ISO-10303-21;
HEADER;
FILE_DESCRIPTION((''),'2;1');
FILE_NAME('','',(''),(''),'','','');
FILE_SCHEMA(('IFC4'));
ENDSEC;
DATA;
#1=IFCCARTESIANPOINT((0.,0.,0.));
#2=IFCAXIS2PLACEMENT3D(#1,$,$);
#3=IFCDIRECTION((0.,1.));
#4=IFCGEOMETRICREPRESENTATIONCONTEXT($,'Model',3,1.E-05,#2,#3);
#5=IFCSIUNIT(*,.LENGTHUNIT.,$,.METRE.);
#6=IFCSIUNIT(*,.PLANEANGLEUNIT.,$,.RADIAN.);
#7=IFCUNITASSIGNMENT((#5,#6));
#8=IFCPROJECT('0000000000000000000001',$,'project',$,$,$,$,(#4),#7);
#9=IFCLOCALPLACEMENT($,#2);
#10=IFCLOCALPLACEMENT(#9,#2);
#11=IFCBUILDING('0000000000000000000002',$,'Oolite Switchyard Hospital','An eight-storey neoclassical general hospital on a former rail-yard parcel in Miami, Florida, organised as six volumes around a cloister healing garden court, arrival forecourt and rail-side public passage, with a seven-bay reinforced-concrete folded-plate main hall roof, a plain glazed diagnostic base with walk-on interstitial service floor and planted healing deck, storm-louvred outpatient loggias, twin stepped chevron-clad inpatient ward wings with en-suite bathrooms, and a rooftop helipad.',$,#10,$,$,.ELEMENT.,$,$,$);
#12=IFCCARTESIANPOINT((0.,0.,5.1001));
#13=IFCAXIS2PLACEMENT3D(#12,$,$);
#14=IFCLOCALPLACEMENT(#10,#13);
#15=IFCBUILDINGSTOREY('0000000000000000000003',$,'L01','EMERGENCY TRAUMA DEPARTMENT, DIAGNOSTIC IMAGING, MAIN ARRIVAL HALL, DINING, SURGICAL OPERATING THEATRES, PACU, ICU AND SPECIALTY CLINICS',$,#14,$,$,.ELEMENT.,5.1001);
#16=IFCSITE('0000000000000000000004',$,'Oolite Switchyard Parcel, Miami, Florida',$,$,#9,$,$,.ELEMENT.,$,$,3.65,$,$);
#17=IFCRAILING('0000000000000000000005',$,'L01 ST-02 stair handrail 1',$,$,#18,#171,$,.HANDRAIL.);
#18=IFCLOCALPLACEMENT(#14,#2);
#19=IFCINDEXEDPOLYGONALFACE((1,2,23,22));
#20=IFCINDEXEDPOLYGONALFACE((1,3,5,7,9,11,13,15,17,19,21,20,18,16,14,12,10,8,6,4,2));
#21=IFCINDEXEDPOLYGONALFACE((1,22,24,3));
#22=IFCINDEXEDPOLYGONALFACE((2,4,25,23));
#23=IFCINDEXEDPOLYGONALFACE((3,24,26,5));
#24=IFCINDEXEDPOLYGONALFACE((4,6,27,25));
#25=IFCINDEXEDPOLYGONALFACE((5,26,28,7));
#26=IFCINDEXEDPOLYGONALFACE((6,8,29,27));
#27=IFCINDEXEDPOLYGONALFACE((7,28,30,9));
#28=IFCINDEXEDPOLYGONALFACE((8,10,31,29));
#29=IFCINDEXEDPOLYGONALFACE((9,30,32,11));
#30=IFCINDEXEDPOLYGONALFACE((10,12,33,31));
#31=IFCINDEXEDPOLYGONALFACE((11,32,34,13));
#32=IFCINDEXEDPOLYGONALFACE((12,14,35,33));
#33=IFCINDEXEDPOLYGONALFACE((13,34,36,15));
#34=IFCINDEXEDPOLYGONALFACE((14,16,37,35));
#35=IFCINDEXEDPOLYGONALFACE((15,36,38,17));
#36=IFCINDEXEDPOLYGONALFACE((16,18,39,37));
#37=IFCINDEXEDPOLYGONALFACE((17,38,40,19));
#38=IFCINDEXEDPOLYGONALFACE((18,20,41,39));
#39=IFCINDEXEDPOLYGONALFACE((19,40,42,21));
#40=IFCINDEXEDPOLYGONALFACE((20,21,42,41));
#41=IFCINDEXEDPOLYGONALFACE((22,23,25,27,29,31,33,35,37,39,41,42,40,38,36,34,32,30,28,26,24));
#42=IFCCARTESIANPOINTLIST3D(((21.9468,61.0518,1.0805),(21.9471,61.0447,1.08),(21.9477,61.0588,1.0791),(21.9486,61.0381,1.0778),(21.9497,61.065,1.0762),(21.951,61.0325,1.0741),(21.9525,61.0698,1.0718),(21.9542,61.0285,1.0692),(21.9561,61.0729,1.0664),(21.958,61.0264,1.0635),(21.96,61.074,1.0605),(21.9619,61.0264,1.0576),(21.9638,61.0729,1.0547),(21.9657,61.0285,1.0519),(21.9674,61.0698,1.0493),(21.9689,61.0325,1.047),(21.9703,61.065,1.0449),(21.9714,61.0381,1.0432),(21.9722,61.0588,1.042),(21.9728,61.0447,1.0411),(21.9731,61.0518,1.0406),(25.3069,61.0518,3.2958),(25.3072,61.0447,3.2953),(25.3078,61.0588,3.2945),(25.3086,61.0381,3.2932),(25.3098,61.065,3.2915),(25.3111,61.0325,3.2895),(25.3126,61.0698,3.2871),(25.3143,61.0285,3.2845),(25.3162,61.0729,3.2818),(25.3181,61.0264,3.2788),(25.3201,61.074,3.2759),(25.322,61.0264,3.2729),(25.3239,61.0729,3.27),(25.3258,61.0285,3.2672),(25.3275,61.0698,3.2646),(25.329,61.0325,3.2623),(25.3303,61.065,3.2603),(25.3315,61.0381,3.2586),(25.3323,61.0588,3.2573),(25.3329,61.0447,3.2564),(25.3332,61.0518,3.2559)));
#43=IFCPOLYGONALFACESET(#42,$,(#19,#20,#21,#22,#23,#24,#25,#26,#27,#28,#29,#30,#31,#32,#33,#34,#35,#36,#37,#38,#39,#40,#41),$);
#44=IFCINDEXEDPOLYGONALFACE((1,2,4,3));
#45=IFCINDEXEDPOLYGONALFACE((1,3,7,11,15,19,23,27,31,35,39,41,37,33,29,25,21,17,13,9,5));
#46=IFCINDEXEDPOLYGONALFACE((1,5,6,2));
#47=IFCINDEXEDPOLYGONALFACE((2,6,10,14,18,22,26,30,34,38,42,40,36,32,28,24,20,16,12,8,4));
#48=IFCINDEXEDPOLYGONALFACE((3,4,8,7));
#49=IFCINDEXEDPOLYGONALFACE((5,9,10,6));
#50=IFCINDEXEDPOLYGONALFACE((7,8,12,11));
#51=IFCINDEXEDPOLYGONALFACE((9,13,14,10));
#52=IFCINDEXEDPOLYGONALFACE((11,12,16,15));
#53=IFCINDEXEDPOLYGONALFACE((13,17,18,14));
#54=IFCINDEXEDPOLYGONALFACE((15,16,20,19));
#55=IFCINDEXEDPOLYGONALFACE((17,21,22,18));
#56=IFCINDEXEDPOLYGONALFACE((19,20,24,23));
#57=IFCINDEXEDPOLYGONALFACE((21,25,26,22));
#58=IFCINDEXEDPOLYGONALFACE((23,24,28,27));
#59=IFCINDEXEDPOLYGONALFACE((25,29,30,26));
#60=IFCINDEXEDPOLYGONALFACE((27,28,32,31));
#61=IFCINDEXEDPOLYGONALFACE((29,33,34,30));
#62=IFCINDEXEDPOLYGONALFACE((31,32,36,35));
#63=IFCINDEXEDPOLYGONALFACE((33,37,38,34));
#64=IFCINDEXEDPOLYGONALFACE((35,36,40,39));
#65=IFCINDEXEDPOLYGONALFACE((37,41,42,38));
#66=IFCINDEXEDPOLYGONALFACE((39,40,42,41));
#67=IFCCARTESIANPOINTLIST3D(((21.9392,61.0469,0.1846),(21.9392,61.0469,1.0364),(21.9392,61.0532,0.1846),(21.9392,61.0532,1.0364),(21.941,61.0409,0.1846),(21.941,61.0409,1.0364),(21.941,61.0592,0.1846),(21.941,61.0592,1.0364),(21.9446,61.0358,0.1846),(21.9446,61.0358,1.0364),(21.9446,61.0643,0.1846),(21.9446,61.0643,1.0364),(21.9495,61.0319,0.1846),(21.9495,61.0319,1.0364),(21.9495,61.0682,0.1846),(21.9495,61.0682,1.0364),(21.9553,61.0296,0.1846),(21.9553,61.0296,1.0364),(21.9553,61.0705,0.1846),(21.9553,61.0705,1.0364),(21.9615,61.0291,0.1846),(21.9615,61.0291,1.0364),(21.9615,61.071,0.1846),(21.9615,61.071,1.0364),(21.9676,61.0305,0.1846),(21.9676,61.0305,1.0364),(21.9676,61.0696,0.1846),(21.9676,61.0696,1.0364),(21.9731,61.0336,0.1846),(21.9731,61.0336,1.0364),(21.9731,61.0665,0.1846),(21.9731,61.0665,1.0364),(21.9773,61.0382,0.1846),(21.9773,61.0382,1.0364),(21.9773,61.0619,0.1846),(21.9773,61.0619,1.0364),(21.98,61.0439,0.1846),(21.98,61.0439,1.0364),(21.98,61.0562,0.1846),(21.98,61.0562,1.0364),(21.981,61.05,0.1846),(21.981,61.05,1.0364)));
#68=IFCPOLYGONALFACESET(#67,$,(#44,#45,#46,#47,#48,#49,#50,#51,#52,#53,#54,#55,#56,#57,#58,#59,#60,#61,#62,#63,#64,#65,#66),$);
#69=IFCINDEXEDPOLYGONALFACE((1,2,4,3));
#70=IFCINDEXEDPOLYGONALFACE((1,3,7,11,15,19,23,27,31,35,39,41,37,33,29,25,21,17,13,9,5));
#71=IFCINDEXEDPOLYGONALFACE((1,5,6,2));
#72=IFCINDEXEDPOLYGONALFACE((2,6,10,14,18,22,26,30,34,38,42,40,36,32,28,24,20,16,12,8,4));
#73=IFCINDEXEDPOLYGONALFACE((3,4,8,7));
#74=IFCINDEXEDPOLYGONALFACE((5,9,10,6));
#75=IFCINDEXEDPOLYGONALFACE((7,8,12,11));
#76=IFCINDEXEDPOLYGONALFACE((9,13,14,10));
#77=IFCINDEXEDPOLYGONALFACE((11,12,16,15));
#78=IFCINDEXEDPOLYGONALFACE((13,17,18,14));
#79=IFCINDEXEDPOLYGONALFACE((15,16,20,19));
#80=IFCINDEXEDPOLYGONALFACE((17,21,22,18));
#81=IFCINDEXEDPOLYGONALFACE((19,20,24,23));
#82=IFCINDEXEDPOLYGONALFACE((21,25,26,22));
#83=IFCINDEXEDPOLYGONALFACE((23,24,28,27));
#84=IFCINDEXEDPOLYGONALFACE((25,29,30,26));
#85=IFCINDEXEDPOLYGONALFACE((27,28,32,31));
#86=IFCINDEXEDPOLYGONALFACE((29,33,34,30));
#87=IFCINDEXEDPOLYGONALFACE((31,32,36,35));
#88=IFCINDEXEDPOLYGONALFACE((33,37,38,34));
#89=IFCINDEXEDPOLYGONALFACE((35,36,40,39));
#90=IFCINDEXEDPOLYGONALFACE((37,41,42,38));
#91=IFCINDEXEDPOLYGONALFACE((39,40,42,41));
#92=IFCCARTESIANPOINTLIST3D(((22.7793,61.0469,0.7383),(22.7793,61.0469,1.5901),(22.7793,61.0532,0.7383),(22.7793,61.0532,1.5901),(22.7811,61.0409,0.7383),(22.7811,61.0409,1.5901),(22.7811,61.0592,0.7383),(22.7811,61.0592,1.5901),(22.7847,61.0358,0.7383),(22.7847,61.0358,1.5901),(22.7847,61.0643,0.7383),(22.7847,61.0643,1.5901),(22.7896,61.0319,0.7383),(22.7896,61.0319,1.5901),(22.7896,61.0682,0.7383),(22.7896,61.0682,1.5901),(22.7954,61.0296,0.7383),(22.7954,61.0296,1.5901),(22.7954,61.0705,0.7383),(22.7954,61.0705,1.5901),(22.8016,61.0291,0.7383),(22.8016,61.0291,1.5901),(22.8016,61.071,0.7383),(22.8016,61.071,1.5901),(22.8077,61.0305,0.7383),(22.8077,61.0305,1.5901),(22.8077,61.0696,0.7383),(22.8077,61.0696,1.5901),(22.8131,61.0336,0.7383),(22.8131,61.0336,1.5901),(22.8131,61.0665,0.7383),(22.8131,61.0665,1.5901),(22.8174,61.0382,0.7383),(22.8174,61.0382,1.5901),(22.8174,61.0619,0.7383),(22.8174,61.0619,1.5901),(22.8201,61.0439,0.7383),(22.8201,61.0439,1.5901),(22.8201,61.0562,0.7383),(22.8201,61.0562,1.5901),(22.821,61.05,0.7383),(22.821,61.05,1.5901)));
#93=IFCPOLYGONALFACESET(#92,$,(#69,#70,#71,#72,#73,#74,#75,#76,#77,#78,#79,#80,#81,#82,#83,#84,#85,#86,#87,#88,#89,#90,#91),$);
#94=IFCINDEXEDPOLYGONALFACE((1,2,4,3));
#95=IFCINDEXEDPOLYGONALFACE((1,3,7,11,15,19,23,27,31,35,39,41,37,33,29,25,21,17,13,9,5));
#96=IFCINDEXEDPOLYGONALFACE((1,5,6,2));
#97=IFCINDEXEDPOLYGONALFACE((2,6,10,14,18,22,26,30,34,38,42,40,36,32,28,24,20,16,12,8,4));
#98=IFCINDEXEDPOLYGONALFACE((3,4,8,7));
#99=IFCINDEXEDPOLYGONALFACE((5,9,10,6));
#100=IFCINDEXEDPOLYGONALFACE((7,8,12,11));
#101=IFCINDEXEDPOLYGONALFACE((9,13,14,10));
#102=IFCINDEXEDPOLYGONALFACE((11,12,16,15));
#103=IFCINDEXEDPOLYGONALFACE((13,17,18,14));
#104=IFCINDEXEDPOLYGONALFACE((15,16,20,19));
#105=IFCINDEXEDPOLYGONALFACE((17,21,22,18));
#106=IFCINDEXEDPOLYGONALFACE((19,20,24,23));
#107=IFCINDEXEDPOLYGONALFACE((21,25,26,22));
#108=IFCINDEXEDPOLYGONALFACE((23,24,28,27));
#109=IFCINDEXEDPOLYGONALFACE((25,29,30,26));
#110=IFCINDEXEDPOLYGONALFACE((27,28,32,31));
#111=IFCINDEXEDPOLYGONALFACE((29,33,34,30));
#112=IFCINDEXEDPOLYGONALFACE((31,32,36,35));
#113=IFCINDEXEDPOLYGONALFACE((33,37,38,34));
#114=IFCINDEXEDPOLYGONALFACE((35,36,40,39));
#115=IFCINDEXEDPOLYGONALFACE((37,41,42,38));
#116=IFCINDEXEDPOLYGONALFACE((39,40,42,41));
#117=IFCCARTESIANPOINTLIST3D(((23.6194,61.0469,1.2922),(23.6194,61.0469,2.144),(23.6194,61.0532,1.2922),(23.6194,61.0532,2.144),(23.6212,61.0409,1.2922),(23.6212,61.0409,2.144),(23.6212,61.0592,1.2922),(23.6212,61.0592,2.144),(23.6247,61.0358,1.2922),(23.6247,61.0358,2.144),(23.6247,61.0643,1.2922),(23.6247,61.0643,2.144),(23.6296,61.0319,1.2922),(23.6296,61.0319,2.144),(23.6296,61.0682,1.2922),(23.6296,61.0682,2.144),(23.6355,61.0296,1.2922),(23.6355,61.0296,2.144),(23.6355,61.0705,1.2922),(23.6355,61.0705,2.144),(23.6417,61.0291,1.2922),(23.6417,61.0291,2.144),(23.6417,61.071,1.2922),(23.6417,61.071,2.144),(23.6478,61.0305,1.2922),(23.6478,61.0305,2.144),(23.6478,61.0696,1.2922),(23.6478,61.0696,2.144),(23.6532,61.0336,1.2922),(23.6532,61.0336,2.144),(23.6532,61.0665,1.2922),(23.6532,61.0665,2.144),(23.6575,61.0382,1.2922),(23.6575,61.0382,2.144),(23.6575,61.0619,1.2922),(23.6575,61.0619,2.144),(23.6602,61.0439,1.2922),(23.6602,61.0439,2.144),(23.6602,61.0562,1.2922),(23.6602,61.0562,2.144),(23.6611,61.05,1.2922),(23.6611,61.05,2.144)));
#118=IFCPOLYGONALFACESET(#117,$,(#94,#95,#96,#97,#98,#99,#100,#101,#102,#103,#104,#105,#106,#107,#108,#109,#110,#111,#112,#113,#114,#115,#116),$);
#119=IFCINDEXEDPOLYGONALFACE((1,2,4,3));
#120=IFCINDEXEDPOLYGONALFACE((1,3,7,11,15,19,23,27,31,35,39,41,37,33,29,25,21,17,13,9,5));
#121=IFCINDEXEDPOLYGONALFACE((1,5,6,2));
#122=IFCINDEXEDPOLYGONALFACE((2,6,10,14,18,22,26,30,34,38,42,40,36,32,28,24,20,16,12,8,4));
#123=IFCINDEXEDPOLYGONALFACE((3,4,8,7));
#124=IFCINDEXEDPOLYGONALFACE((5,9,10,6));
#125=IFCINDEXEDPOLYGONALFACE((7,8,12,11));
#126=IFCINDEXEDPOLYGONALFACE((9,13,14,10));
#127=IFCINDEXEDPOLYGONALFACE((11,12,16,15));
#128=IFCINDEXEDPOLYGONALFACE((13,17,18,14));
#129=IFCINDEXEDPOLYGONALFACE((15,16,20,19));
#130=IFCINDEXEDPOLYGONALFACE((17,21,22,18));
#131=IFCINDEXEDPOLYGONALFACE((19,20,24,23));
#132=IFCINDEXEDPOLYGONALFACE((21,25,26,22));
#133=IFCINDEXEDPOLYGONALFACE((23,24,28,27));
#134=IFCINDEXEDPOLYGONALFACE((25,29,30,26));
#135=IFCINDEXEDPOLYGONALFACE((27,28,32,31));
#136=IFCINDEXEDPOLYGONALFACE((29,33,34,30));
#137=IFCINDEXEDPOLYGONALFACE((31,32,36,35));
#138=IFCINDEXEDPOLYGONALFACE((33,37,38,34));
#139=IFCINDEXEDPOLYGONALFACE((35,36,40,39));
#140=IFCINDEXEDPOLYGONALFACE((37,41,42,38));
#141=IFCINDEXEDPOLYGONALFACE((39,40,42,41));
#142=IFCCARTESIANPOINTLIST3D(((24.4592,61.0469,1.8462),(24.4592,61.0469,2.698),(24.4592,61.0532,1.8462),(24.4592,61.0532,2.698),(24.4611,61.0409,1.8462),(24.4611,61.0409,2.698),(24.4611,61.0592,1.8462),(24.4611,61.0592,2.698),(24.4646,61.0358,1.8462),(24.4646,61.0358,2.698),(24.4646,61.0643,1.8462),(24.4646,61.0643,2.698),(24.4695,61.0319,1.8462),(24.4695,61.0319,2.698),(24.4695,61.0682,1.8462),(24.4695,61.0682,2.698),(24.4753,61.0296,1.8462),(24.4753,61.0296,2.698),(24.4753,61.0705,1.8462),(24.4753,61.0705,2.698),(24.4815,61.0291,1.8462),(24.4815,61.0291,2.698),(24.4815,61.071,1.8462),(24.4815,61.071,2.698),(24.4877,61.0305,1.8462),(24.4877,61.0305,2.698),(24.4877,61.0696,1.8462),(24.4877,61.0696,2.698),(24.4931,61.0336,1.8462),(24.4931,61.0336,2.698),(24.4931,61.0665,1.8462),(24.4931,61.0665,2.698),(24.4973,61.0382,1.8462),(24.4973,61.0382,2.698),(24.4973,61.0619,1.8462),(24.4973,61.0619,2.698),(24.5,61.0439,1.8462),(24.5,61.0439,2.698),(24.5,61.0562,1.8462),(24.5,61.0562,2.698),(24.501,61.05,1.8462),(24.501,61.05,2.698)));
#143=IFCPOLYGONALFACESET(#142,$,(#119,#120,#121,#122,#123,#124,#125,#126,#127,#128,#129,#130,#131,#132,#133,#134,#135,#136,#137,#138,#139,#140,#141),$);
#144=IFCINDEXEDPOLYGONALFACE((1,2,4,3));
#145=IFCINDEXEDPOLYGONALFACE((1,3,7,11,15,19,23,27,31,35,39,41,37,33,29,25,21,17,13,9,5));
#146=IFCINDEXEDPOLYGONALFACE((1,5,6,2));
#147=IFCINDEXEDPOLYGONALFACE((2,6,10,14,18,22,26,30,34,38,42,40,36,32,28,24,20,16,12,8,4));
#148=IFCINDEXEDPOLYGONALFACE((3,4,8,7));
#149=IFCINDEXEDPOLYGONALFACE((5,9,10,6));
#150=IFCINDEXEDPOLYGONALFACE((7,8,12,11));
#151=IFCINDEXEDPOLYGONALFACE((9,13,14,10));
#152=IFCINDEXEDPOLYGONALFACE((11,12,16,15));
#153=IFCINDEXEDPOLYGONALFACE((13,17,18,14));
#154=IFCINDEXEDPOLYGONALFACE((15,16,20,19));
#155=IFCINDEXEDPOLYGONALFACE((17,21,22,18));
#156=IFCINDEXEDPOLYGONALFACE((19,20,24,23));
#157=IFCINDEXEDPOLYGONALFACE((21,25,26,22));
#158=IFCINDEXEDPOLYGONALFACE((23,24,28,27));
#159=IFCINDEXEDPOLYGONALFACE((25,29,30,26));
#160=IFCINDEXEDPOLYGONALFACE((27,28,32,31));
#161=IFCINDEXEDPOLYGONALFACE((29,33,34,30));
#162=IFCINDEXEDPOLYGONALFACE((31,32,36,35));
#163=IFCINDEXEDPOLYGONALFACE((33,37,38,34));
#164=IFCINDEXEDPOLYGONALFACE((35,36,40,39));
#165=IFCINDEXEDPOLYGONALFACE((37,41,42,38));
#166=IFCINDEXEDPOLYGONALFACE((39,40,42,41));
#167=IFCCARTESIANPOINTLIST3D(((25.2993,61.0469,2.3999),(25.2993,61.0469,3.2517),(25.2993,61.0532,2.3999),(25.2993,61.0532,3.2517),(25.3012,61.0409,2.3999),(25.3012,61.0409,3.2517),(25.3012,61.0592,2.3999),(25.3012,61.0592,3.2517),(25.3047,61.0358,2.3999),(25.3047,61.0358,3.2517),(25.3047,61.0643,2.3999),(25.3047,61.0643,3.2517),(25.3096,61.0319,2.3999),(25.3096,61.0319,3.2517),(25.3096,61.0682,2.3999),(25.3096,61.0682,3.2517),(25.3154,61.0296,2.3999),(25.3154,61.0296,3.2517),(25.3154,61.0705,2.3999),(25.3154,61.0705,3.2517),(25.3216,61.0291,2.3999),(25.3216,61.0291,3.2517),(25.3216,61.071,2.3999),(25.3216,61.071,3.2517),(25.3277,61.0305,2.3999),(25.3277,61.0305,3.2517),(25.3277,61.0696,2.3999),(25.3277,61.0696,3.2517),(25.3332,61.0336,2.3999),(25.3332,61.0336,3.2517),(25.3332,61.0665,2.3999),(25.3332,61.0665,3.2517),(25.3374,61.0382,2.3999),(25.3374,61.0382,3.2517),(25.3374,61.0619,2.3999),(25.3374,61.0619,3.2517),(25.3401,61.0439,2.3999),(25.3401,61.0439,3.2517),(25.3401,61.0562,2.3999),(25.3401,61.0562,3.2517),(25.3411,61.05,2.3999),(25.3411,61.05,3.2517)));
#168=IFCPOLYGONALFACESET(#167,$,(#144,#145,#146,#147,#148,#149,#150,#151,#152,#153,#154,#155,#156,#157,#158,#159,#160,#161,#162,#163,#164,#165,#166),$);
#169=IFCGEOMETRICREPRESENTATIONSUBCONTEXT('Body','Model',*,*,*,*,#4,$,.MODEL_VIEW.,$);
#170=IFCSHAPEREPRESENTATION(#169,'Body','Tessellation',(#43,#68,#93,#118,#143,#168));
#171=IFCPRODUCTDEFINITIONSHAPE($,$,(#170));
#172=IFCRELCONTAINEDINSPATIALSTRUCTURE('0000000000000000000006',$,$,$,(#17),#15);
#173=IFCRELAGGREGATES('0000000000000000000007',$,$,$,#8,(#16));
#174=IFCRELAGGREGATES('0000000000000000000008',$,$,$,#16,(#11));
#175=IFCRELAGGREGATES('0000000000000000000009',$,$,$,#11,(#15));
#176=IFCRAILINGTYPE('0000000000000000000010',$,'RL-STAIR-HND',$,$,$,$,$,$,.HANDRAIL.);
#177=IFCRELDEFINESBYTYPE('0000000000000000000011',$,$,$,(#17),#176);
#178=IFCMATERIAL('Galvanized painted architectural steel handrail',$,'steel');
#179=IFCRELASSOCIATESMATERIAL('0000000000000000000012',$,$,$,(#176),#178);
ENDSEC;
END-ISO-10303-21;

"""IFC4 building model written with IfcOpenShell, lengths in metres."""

from ifc_helpers import new_model, si_unit, direction, frame, origin, origin_2d, place, context, subcontext, project, spatial, circle, extrude, material, type_object, element, save


model = new_model("IFC4")

# Units and contexts
model_context = context("Model", 3, precision=1e-05, world=origin(), true_north=direction((0.0, 1.0)))
body_context = subcontext(model_context, "Body", "Model", "MODEL_VIEW")
ifc_project = project(units=[si_unit("LENGTHUNIT", "METRE"), si_unit("PLANEANGLEUNIT", "RADIAN")], contexts=[model_context])

# Site, building, storey
site_placement = place(None, origin())
site = spatial("IfcSite", under=ifc_project, at=site_placement, Name="Oolite Switchyard Parcel, Miami, Florida", CompositionType="ELEMENT", RefElevation=3.65)
building_placement = place(site_placement, origin())
building = spatial("IfcBuilding", under=site, at=building_placement, Name="Oolite Switchyard Hospital", Description="An eight-storey neoclassical general hospital on a former rail-yard parcel in Miami, Florida, organised as six volumes around a cloister healing garden court, arrival forecourt and rail-side public passage, with a seven-bay reinforced-concrete folded-plate main hall roof, a plain glazed diagnostic base with walk-on interstitial service floor and planted healing deck, storm-louvred outpatient loggias, twin stepped chevron-clad inpatient ward wings with en-suite bathrooms, and a rooftop helipad.", CompositionType="ELEMENT")
storey_placement = place(building_placement, frame((0.0, 0.0, 5.1001)))
storey = spatial("IfcBuildingStorey", under=building, at=storey_placement, Name="L01", Description="EMERGENCY TRAUMA DEPARTMENT, DIAGNOSTIC IMAGING, MAIN ARRIVAL HALL, DINING, SURGICAL OPERATING THEATRES, PACU, ICU AND SPECIALTY CLINICS", CompositionType="ELEMENT", Elevation=5.1001)

# Railing
ifc_material_1 = material(Name="Galvanized painted architectural steel handrail", Category="steel")
railing_type_1 = type_object("IfcRailingType", Name="RL-STAIR-HND", PredefinedType="HANDRAIL", material=ifc_material_1)
railing_1_placement = place(storey_placement, frame((21.96, 61.05, 0.1846)))
element("IfcRailing", 1, at=railing_1_placement, inside=storey, type_object=railing_type_1, Name="L01 ST-02 stair handrail 1", PredefinedType="HANDRAIL", context=body_context, shape_type="SweptSolid", body=[
    extrude(circle(Radius=0.0239, at=origin_2d()), frame((0.0, 0.0, 0.876), z_axis=(0.834876, 0.0, 0.550437), x_axis=(0.0, 1.0, 0.0)), (0.0, 0.0, 1.0), 4.0247),
    extrude(circle(Radius=0.021, at=origin_2d()), origin(), (0.0, 0.0, 1.0), 0.8518),
    extrude(circle(Radius=0.021, at=origin_2d()), frame((0.8401, 0.0, 0.5537)), (0.0, 0.0, 1.0), 0.8518),
    extrude(circle(Radius=0.021, at=origin_2d()), frame((1.6802, 0.0, 1.1077)), (0.0, 0.0, 1.0), 0.8518),
    extrude(circle(Radius=0.021, at=origin_2d()), frame((2.52, 0.0, 1.6616)), (0.0, 0.0, 1.0), 0.8518),
    extrude(circle(Radius=0.021, at=origin_2d()), frame((3.3601, 0.0, 2.2153)), (0.0, 0.0, 1.0), 0.8518),
])

save(model, "model.ifc")
